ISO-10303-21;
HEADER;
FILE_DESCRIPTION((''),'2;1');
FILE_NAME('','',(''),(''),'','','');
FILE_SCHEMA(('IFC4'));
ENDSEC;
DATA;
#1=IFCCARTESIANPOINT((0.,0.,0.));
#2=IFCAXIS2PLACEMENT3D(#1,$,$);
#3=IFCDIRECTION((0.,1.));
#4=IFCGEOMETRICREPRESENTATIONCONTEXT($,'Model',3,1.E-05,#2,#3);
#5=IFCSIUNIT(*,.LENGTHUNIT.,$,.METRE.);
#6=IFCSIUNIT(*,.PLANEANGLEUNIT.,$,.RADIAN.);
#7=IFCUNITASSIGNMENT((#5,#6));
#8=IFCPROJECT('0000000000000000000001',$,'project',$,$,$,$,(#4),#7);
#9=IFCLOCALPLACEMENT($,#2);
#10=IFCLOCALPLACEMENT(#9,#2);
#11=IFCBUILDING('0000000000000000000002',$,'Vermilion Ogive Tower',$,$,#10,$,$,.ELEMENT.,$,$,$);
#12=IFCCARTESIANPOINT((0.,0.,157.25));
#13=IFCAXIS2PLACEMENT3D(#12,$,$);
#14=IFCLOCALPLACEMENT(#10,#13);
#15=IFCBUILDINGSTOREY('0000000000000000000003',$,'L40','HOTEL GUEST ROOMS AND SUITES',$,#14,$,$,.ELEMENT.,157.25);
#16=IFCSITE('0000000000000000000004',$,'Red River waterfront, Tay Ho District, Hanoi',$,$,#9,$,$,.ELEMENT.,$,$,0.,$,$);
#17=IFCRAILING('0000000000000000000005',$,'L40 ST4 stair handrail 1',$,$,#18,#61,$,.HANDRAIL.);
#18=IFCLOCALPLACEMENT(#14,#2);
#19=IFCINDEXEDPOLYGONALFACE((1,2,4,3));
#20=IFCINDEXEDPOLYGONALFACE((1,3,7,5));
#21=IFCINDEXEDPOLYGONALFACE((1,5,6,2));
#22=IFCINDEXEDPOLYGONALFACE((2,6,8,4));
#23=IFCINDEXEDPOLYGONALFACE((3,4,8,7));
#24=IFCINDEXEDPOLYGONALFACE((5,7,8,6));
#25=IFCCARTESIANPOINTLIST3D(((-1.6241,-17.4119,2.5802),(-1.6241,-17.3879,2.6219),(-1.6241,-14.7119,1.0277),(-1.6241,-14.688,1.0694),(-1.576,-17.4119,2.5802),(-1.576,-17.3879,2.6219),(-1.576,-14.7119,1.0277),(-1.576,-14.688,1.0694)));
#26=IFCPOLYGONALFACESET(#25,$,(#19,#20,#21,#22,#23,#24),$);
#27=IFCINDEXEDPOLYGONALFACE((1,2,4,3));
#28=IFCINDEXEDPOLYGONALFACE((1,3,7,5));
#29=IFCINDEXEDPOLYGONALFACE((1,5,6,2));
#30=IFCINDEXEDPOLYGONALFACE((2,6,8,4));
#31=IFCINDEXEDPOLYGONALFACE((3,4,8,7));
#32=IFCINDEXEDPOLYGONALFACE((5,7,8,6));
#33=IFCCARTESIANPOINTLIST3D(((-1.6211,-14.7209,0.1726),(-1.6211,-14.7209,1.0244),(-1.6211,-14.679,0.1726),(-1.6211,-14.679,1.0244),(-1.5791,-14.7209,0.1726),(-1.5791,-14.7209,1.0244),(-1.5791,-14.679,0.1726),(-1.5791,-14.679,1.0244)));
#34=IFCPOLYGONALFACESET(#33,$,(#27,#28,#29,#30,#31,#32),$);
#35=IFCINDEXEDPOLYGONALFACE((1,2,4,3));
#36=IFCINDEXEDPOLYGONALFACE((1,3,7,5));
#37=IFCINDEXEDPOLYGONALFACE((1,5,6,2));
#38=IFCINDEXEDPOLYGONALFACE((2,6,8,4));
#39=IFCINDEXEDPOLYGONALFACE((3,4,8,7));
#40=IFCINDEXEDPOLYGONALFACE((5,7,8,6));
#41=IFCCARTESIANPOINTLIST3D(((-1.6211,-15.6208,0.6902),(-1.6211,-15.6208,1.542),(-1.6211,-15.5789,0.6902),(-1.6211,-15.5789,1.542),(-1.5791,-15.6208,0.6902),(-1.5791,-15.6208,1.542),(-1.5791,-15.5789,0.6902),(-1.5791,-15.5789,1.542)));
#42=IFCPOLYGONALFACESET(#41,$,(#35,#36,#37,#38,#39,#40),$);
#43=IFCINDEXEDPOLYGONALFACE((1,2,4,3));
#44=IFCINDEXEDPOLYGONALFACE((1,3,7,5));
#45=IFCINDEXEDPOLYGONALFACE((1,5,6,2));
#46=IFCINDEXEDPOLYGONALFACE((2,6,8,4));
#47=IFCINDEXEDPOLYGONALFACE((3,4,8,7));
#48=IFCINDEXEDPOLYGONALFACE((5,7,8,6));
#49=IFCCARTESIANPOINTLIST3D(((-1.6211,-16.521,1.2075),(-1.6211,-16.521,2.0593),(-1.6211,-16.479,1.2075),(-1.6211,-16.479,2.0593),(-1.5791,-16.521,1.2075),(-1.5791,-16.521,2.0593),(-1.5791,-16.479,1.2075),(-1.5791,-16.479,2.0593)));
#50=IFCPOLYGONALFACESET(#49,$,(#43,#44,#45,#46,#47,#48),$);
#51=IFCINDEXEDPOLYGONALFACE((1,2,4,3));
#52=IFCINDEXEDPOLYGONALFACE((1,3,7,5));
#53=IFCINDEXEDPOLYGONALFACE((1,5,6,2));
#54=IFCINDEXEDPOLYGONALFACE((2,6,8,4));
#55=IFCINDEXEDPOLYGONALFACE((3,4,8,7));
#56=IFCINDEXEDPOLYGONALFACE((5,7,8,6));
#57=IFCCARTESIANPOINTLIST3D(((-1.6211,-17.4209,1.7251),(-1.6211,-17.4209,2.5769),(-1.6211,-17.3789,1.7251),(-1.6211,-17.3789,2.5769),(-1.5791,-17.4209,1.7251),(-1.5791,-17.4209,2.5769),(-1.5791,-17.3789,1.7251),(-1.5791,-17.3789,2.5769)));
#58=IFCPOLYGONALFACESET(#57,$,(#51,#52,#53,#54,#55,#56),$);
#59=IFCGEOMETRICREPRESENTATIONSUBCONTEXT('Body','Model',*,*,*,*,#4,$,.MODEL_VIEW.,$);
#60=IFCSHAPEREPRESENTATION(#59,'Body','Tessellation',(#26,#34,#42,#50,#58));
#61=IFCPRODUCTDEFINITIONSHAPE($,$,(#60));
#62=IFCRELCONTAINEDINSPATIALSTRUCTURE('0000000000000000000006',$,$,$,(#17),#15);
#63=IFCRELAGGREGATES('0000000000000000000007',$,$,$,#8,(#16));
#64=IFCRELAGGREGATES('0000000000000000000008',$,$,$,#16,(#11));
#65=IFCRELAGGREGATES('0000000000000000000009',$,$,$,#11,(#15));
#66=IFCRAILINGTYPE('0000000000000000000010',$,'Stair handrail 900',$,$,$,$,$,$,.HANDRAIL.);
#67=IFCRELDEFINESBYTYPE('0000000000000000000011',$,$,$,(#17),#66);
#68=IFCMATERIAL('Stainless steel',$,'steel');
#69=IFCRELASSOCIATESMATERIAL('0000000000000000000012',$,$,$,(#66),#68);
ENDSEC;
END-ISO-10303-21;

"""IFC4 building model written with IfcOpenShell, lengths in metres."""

from ifc_helpers import new_model, si_unit, direction, frame, origin, origin_2d, place, context, subcontext, project, spatial, rectangle, extrude, material, type_object, element, save


model = new_model("IFC4")

# Units and contexts
model_context = context("Model", 3, precision=1e-05, world=origin(), true_north=direction((0.0, 1.0)))
body_context = subcontext(model_context, "Body", "Model", "MODEL_VIEW")
ifc_project = project(units=[si_unit("LENGTHUNIT", "METRE"), si_unit("PLANEANGLEUNIT", "RADIAN")], contexts=[model_context])

# Site, building, storey
site_placement = place(None, origin())
site = spatial("IfcSite", under=ifc_project, at=site_placement, Name="Red River waterfront, Tay Ho District, Hanoi", CompositionType="ELEMENT", RefElevation=0.0)
building_placement = place(site_placement, origin())
building = spatial("IfcBuilding", under=site, at=building_placement, Name="Vermilion Ogive Tower", CompositionType="ELEMENT")
storey_placement = place(building_placement, frame((0.0, 0.0, 157.25)))
storey = spatial("IfcBuildingStorey", under=building, at=storey_placement, Name="L40", Description="HOTEL GUEST ROOMS AND SUITES", CompositionType="ELEMENT", Elevation=157.25)

# Railing
ifc_material_1 = material(Name="Stainless steel", Category="steel")
railing_type_1 = type_object("IfcRailingType", Name="Stair handrail 900", PredefinedType="HANDRAIL", material=ifc_material_1)
railing_1_placement = place(storey_placement, frame((-1.6001, -14.7, 0.1726)))
element("IfcRailing", 1, at=railing_1_placement, inside=storey, type_object=railing_type_1, Name="L40 ST4 stair handrail 1", PredefinedType="HANDRAIL", context=body_context, shape_type="SweptSolid", body=[
    extrude(rectangle(XDim=0.0481, YDim=0.0481, at=origin_2d()), frame((0.0, 0.0, 0.876), z_axis=(0.0, -0.866904, 0.498476), x_axis=(1.0, 0.0, 0.0)), (0.0, 0.0, 1.0), 3.1145),
    extrude(rectangle(XDim=0.042, YDim=0.042, at=origin_2d()), origin(), (0.0, 0.0, 1.0), 0.8518),
    extrude(rectangle(XDim=0.042, YDim=0.042, at=origin_2d()), frame((0.0, -0.8999, 0.5176)), (0.0, 0.0, 1.0), 0.8518),
    extrude(rectangle(XDim=0.042, YDim=0.042, at=origin_2d()), frame((0.0, -1.8, 1.0349)), (0.0, 0.0, 1.0), 0.8518),
    extrude(rectangle(XDim=0.042, YDim=0.042, at=origin_2d()), frame((0.0, -2.7, 1.5525)), (0.0, 0.0, 1.0), 0.8518),
])

save(model, "model.ifc")
